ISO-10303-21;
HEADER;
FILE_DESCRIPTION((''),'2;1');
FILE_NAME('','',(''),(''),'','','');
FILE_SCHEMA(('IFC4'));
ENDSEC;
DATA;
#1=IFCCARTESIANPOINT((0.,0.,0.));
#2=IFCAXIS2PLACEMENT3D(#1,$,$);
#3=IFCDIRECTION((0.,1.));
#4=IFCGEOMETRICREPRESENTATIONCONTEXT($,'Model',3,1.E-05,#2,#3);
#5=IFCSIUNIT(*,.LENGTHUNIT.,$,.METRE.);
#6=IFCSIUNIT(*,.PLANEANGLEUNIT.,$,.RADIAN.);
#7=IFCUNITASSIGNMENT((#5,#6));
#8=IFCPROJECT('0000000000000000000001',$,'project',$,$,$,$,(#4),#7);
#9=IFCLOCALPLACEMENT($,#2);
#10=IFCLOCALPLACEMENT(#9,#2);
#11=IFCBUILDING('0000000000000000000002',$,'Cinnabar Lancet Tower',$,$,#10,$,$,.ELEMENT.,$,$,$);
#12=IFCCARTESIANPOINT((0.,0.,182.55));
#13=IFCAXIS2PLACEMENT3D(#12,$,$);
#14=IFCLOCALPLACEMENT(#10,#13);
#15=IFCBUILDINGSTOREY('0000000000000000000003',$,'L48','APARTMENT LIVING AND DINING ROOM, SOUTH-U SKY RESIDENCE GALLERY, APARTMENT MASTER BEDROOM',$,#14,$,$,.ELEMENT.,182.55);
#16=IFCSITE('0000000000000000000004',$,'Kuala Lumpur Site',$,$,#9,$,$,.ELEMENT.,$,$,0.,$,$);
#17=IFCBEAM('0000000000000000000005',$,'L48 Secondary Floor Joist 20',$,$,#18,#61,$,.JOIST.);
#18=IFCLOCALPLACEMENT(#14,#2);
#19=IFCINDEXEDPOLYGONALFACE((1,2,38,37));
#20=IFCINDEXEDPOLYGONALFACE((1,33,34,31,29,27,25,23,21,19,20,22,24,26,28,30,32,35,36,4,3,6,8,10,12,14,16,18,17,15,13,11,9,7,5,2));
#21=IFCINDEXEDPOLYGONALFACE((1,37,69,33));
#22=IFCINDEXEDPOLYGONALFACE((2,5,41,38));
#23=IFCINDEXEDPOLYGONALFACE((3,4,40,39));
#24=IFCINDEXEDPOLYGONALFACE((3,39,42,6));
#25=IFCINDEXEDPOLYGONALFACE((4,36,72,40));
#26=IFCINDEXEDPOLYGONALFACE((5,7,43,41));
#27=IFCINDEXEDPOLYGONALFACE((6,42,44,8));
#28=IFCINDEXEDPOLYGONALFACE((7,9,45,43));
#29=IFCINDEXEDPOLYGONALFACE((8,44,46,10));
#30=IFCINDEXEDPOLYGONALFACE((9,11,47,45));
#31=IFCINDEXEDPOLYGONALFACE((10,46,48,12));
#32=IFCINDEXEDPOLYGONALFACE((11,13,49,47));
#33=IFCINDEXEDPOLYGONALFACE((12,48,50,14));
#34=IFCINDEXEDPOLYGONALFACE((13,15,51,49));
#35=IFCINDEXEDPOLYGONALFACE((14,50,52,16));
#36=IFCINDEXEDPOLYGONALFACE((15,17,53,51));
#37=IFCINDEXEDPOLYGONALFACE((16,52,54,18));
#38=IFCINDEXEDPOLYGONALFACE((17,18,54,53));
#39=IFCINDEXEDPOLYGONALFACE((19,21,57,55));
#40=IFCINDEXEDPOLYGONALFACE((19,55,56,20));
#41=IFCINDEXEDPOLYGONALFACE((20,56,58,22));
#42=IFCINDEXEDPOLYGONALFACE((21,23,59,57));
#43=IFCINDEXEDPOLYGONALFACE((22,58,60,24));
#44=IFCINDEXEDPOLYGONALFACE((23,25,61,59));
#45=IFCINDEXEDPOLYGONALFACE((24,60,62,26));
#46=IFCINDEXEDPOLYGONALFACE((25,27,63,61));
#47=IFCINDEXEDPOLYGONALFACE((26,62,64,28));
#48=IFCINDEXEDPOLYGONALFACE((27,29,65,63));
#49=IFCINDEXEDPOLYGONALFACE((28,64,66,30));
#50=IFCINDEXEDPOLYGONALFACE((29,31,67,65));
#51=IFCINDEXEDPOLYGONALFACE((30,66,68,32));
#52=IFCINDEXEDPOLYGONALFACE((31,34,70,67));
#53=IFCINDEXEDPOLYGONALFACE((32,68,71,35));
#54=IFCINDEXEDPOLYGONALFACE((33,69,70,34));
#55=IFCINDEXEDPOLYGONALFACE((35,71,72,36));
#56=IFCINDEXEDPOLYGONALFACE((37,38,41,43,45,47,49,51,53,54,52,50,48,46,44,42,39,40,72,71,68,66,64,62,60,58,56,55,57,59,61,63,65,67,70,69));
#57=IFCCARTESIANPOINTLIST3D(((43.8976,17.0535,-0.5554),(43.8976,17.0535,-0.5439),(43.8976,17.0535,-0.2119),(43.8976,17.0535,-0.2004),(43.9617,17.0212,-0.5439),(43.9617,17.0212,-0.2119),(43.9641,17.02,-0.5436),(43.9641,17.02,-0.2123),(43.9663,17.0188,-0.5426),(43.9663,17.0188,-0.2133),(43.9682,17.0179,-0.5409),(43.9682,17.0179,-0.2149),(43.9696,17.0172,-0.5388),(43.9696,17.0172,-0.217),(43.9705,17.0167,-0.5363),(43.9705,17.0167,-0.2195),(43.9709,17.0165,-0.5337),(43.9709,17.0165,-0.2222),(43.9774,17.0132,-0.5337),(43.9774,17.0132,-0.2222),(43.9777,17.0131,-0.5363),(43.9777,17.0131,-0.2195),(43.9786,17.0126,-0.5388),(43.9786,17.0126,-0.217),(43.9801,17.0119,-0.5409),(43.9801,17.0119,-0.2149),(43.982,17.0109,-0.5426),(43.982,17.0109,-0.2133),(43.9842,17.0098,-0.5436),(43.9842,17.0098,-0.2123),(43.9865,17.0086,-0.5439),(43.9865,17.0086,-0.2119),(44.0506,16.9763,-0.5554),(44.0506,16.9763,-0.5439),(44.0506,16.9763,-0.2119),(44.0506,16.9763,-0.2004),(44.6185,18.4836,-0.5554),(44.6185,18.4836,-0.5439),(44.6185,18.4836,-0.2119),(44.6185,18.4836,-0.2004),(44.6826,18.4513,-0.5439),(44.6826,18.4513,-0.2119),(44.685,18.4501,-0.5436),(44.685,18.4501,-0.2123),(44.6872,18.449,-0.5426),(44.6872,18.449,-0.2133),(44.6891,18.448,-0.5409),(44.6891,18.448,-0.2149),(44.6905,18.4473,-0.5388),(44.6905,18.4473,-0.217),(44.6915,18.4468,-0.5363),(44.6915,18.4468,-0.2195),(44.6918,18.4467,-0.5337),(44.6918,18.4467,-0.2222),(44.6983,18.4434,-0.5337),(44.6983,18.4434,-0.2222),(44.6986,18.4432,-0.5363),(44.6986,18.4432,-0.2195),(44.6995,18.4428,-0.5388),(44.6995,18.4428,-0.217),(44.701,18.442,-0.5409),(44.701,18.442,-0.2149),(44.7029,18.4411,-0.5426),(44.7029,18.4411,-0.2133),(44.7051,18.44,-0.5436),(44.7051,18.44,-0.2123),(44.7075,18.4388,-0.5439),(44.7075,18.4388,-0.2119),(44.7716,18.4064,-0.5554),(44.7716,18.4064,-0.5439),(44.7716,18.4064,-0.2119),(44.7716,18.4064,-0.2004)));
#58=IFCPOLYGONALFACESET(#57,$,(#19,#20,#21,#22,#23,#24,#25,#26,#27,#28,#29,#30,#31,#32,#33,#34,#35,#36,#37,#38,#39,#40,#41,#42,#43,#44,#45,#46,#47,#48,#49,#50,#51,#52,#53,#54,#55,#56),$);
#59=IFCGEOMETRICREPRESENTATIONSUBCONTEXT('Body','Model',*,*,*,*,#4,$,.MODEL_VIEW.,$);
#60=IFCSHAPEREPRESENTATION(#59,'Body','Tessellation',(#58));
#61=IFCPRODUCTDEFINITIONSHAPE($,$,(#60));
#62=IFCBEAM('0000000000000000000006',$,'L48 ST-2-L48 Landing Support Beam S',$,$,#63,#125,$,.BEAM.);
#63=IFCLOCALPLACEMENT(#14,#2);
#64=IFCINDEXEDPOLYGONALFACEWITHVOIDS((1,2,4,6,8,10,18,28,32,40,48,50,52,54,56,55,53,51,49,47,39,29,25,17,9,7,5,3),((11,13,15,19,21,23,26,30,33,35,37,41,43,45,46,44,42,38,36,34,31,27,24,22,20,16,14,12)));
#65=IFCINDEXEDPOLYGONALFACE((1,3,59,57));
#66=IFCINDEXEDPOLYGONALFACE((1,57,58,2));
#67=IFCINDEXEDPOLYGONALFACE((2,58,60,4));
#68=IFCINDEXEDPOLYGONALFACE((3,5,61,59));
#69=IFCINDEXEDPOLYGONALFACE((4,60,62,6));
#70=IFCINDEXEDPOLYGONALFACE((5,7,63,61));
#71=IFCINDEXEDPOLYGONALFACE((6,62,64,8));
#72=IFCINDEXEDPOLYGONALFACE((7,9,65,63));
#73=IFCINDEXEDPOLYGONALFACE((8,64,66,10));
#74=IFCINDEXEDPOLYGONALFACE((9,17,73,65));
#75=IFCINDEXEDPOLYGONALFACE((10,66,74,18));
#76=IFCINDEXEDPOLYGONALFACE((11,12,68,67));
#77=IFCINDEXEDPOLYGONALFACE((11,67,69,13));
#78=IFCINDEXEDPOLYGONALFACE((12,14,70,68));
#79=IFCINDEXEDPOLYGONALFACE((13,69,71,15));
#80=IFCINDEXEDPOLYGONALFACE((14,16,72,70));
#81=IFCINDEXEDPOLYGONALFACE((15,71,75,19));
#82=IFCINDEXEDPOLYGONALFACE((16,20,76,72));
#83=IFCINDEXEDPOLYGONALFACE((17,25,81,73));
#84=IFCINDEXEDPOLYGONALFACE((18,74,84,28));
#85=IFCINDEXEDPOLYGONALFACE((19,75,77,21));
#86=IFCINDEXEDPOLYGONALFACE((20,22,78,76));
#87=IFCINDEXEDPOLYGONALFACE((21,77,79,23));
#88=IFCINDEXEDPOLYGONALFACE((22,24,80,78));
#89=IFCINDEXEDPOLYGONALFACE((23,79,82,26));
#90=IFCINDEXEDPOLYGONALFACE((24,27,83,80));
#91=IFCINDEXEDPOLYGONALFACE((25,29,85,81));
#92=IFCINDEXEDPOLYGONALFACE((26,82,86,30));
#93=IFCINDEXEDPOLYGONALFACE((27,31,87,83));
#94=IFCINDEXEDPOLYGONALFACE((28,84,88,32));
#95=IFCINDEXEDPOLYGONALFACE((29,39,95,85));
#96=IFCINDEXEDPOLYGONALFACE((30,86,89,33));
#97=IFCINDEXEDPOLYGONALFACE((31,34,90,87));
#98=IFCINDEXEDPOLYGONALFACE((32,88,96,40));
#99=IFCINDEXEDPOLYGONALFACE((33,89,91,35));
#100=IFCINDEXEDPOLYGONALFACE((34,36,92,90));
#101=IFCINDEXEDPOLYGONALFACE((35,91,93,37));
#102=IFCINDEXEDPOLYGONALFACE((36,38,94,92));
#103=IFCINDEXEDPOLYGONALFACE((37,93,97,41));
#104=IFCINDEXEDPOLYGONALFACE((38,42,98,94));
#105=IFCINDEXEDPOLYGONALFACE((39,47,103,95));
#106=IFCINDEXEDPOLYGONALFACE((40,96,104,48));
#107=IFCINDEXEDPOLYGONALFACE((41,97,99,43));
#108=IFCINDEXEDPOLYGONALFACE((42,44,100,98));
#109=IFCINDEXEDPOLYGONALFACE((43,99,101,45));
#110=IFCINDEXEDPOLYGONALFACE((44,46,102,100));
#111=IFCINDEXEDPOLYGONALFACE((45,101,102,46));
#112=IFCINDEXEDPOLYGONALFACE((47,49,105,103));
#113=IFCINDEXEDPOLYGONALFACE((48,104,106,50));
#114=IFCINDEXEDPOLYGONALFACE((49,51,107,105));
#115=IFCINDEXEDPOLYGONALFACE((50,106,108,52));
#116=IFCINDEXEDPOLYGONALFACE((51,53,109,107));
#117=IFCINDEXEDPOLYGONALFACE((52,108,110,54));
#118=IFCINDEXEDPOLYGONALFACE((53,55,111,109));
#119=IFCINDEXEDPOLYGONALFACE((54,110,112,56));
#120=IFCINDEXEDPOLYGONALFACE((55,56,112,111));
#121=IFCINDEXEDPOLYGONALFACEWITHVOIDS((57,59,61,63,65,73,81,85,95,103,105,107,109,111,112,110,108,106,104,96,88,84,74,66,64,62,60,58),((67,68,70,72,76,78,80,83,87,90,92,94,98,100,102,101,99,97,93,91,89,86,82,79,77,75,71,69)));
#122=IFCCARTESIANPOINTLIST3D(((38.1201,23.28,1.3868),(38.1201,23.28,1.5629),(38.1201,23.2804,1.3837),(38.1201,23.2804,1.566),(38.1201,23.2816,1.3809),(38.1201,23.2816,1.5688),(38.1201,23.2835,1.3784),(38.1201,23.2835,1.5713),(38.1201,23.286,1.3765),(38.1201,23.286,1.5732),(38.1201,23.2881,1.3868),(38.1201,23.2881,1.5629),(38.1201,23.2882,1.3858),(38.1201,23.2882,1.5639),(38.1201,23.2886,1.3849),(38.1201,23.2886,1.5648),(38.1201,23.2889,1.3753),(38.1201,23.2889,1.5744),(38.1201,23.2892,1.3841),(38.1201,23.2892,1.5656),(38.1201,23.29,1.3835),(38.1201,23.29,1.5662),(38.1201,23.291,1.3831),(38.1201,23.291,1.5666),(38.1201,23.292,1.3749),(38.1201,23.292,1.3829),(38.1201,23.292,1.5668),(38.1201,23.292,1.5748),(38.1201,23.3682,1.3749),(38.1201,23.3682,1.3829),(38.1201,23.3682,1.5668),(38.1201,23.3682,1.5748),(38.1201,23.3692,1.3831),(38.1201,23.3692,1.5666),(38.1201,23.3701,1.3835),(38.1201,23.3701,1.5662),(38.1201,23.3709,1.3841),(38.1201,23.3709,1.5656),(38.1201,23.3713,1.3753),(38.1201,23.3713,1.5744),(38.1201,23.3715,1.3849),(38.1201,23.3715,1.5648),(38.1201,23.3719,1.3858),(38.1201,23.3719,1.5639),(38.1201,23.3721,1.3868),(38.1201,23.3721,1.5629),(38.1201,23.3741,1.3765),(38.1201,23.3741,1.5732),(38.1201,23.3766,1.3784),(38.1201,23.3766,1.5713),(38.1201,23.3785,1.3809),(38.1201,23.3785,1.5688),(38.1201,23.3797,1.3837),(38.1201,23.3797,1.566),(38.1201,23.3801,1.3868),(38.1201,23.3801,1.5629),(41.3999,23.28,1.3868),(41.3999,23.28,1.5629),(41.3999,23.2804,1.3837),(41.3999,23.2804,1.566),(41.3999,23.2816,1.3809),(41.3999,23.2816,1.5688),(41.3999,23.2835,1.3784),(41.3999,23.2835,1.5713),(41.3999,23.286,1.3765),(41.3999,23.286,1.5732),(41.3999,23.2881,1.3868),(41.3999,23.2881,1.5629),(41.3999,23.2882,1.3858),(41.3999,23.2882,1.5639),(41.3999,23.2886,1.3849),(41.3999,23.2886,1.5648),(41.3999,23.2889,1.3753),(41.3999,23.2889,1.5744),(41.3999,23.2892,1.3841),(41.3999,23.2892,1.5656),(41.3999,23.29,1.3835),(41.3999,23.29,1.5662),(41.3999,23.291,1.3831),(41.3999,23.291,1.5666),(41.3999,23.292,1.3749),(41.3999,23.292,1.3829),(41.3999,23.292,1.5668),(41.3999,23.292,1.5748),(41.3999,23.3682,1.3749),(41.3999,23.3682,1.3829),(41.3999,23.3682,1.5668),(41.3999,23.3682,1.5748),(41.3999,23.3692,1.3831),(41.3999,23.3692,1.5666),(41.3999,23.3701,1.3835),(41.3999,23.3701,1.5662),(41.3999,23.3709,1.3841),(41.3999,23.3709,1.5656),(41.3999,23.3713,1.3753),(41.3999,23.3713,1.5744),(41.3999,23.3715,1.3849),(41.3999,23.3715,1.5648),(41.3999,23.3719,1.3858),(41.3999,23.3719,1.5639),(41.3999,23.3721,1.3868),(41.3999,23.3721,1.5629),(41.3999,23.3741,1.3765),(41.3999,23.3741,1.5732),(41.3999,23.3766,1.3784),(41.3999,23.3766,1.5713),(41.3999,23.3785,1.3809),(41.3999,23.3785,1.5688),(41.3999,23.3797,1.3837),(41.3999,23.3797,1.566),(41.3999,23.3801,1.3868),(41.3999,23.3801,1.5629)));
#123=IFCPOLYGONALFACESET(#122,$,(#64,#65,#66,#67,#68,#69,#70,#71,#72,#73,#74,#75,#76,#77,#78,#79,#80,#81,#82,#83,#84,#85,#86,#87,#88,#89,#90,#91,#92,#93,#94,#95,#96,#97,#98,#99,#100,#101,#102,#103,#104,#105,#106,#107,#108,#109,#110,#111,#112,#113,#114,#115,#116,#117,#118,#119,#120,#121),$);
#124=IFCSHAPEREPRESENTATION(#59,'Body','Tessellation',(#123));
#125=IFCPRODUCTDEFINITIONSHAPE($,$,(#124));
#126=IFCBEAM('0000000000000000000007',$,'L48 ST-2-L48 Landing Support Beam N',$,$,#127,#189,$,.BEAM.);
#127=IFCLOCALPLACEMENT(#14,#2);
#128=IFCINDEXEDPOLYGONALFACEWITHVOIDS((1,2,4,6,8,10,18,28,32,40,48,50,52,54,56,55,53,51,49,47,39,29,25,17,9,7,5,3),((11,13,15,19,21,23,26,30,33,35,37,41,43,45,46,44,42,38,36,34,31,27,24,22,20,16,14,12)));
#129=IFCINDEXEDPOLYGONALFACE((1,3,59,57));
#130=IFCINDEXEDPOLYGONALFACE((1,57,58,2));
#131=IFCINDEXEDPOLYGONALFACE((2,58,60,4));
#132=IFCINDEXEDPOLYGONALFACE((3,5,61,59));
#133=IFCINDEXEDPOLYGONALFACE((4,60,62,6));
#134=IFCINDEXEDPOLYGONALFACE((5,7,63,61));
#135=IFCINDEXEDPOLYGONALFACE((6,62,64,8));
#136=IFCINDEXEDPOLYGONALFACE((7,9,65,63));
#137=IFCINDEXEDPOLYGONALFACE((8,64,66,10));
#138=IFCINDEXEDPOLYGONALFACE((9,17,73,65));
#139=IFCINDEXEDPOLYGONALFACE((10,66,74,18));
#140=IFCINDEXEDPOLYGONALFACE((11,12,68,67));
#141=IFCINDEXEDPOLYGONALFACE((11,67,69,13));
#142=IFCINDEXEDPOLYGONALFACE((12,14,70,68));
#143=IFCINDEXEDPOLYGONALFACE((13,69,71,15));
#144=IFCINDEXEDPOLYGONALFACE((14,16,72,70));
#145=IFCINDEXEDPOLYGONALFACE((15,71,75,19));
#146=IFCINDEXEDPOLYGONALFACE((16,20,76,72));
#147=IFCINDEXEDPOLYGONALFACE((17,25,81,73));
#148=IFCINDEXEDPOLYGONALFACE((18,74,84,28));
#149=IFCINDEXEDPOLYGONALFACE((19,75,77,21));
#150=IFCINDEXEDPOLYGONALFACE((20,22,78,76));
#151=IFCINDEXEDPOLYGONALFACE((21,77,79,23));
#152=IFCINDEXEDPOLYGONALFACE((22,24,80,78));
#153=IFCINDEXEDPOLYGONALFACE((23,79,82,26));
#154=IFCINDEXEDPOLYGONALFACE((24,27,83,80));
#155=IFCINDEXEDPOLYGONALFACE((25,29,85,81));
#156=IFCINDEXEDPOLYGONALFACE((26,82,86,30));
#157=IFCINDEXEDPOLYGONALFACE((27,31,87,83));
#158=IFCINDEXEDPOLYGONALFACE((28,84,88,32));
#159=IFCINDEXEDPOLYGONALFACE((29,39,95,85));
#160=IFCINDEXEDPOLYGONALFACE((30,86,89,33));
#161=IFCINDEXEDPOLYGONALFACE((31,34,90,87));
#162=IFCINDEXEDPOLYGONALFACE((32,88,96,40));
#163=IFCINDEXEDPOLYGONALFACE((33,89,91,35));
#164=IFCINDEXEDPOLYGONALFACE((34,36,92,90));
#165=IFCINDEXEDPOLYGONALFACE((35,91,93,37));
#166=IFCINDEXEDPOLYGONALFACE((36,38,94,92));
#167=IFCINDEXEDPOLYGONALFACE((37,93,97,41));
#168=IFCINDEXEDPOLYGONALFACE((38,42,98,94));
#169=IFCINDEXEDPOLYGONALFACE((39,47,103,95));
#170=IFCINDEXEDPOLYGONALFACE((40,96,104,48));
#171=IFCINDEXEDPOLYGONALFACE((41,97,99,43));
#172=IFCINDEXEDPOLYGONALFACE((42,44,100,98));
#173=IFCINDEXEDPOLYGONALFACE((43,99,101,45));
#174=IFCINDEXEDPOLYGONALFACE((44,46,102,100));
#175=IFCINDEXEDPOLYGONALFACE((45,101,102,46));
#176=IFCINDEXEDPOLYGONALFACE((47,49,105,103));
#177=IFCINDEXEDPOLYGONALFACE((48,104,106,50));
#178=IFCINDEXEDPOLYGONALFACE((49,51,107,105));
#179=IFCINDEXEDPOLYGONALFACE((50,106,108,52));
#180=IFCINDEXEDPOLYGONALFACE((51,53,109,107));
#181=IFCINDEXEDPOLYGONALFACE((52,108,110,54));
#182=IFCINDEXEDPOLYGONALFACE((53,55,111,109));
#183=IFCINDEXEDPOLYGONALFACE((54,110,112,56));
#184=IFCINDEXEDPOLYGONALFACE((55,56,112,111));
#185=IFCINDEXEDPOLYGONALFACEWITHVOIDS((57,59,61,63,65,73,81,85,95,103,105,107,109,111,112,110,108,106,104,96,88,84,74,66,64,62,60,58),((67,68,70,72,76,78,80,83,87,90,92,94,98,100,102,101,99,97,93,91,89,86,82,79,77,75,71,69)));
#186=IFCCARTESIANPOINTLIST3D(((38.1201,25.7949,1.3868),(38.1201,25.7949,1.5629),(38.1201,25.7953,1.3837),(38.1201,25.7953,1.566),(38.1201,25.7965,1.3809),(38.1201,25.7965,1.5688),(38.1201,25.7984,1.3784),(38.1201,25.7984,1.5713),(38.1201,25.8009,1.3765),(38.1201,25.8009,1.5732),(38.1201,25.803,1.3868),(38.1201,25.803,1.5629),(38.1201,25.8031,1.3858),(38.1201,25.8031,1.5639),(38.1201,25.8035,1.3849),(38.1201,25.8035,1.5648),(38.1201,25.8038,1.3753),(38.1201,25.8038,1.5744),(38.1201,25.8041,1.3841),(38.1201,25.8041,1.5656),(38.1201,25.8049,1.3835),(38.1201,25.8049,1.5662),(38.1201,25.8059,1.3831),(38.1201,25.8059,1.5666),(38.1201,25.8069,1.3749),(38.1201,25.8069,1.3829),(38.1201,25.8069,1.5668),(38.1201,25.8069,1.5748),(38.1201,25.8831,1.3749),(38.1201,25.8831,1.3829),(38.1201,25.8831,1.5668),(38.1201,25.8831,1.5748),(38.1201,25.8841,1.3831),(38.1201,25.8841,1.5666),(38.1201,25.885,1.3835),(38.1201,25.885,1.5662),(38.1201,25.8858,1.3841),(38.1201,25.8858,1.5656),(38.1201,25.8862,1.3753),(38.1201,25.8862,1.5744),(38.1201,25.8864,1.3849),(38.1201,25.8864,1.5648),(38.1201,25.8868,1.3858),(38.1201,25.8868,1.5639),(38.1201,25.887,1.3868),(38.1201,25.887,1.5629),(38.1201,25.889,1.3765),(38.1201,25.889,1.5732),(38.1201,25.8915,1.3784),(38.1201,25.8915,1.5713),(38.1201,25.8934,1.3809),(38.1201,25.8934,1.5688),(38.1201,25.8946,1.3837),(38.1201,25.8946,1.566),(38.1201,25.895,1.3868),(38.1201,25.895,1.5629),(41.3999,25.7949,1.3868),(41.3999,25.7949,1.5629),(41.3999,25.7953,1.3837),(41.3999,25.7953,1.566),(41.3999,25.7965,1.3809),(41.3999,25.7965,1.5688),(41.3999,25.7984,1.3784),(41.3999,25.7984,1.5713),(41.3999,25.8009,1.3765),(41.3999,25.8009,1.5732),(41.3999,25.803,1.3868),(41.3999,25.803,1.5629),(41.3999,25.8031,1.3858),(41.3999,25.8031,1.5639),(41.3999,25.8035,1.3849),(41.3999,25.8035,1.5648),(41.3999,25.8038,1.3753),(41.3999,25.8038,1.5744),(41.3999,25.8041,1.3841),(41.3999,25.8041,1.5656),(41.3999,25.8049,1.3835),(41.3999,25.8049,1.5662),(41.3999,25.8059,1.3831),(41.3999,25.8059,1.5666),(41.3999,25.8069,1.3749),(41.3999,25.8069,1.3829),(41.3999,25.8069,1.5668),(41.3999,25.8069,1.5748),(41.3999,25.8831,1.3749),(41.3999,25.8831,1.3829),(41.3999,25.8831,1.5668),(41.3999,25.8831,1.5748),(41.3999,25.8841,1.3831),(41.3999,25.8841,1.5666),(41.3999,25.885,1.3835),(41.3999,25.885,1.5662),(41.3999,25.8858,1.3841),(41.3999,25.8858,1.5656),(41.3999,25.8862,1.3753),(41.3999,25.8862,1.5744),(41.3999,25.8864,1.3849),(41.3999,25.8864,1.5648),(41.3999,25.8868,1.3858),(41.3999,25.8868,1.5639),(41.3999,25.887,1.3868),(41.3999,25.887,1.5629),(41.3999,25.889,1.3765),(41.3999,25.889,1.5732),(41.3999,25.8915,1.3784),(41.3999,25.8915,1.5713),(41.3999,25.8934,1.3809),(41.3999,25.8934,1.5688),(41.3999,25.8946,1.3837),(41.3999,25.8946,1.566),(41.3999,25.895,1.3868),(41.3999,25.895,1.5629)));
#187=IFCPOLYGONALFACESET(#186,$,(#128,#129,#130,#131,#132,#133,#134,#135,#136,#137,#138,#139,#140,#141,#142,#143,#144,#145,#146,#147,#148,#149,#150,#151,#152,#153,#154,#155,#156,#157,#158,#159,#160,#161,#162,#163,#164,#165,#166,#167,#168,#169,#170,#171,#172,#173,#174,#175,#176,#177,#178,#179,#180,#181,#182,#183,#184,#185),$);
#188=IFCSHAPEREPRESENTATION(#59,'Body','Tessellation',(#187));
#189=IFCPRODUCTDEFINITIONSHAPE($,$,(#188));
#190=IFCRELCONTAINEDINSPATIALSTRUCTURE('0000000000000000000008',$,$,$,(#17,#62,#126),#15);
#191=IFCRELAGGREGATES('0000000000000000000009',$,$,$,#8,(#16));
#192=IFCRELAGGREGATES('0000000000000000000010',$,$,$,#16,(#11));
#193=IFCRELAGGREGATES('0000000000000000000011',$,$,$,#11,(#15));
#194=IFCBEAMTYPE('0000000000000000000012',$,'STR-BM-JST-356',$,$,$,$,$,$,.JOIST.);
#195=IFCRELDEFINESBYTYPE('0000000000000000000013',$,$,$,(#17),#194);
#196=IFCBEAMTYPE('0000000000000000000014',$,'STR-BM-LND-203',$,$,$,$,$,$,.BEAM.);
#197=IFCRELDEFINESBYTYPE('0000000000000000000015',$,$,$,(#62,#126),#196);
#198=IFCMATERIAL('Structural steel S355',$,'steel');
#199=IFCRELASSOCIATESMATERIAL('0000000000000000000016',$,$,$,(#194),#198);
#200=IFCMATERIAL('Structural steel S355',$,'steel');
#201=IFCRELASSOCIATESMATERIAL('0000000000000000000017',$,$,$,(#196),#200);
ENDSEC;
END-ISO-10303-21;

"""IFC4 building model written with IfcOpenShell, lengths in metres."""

from ifc_helpers import new_model, si_unit, direction, frame, origin, origin_2d, place, context, subcontext, project, spatial, hollow_rectangle, i_section, extrude, material, material_profile, profile_set, type_object, element, save


model = new_model("IFC4")

# Units and contexts
model_context = context("Model", 3, precision=1e-05, world=origin(), true_north=direction((0.0, 1.0)))
body_context = subcontext(model_context, "Body", "Model", "MODEL_VIEW")
ifc_project = project(units=[si_unit("LENGTHUNIT", "METRE"), si_unit("PLANEANGLEUNIT", "RADIAN")], contexts=[model_context])

# Site, building, storey
site_placement = place(None, origin())
site = spatial("IfcSite", under=ifc_project, at=site_placement, Name="Kuala Lumpur Site", CompositionType="ELEMENT", RefElevation=0.0)
building_placement = place(site_placement, origin())
building = spatial("IfcBuilding", under=site, at=building_placement, Name="Cinnabar Lancet Tower", CompositionType="ELEMENT")
storey_placement = place(building_placement, frame((0.0, 0.0, 182.55)))
storey = spatial("IfcBuildingStorey", under=building, at=storey_placement, Name="L48", Description="APARTMENT LIVING AND DINING ROOM, SOUTH-U SKY RESIDENCE GALLERY, APARTMENT MASTER BEDROOM", CompositionType="ELEMENT", Elevation=182.55)

# Beams
ifc_material_1 = material(Name="Structural steel S355", Category="steel")
ifc_material_profile_1 = material_profile(ifc_material_1, i_section(OverallWidth=0.1714, OverallDepth=0.355, WebThickness=0.0073, FlangeThickness=0.0115, FilletRadius=0.0103, at=origin_2d()), Name="UKB 356x171x51")
ifc_profile_set_1 = profile_set([ifc_material_profile_1], Name="Structural steel S355")
beam_type_1 = type_object("IfcBeamType", Name="STR-BM-JST-356", PredefinedType="JOIST", material=ifc_profile_set_1)
beam_1_placement = place(storey_placement, frame((43.9741, 17.0149, -0.3779), z_axis=(0.450138, 0.892959, 0.0), x_axis=(-0.892959, 0.450138, 0.0)))
element("IfcBeam", 1, at=beam_1_placement, inside=storey, type_object=beam_type_1, Name="L48 Secondary Floor Joist 20", PredefinedType="JOIST", context=body_context, shape_type="SweptSolid", body=[
    extrude(i_section(OverallWidth=0.1714, OverallDepth=0.355, WebThickness=0.0073, FlangeThickness=0.0115, FilletRadius=0.0103, at=origin_2d()), origin(), (0.0, 0.0, 1.0), 1.6016),
])
ifc_material_2 = material(Name="Structural steel S355", Category="steel")
ifc_material_profile_2 = material_profile(ifc_material_2, hollow_rectangle(XDim=0.1001, YDim=0.2, WallThickness=0.0081, InnerFilletRadius=0.0039, OuterFilletRadius=0.012, at=origin_2d()), Name="RHS 200x100x8")
ifc_profile_set_2 = profile_set([ifc_material_profile_2], Name="Structural steel S355")
beam_type_2 = type_object("IfcBeamType", Name="STR-BM-LND-203", PredefinedType="BEAM", material=ifc_profile_set_2)
for number, where, z_axis, x_axis, name in (
    (2, (38.1201, 23.3301, 1.4749), (1.0, 0.0, 0.0), (0.0, 1.0, 0.0), "L48 ST-2-L48 Landing Support Beam S"),
    (3, (38.1201, 25.845, 1.4749), (1.0, 0.0, 0.0), (0.0, 1.0, 0.0), "L48 ST-2-L48 Landing Support Beam N"),
):
    element("IfcBeam", number, at=place(storey_placement, frame(where, z_axis=z_axis, x_axis=x_axis)), inside=storey, type_object=beam_type_2, Name=name, PredefinedType="BEAM", context=body_context, shape_type="SweptSolid", body=[
        extrude(hollow_rectangle(XDim=0.1001, YDim=0.2, WallThickness=0.0081, InnerFilletRadius=0.0039, OuterFilletRadius=0.012, at=origin_2d()), origin(), (0.0, 0.0, 1.0), 3.2798),
    ])

save(model, "model.ifc")
